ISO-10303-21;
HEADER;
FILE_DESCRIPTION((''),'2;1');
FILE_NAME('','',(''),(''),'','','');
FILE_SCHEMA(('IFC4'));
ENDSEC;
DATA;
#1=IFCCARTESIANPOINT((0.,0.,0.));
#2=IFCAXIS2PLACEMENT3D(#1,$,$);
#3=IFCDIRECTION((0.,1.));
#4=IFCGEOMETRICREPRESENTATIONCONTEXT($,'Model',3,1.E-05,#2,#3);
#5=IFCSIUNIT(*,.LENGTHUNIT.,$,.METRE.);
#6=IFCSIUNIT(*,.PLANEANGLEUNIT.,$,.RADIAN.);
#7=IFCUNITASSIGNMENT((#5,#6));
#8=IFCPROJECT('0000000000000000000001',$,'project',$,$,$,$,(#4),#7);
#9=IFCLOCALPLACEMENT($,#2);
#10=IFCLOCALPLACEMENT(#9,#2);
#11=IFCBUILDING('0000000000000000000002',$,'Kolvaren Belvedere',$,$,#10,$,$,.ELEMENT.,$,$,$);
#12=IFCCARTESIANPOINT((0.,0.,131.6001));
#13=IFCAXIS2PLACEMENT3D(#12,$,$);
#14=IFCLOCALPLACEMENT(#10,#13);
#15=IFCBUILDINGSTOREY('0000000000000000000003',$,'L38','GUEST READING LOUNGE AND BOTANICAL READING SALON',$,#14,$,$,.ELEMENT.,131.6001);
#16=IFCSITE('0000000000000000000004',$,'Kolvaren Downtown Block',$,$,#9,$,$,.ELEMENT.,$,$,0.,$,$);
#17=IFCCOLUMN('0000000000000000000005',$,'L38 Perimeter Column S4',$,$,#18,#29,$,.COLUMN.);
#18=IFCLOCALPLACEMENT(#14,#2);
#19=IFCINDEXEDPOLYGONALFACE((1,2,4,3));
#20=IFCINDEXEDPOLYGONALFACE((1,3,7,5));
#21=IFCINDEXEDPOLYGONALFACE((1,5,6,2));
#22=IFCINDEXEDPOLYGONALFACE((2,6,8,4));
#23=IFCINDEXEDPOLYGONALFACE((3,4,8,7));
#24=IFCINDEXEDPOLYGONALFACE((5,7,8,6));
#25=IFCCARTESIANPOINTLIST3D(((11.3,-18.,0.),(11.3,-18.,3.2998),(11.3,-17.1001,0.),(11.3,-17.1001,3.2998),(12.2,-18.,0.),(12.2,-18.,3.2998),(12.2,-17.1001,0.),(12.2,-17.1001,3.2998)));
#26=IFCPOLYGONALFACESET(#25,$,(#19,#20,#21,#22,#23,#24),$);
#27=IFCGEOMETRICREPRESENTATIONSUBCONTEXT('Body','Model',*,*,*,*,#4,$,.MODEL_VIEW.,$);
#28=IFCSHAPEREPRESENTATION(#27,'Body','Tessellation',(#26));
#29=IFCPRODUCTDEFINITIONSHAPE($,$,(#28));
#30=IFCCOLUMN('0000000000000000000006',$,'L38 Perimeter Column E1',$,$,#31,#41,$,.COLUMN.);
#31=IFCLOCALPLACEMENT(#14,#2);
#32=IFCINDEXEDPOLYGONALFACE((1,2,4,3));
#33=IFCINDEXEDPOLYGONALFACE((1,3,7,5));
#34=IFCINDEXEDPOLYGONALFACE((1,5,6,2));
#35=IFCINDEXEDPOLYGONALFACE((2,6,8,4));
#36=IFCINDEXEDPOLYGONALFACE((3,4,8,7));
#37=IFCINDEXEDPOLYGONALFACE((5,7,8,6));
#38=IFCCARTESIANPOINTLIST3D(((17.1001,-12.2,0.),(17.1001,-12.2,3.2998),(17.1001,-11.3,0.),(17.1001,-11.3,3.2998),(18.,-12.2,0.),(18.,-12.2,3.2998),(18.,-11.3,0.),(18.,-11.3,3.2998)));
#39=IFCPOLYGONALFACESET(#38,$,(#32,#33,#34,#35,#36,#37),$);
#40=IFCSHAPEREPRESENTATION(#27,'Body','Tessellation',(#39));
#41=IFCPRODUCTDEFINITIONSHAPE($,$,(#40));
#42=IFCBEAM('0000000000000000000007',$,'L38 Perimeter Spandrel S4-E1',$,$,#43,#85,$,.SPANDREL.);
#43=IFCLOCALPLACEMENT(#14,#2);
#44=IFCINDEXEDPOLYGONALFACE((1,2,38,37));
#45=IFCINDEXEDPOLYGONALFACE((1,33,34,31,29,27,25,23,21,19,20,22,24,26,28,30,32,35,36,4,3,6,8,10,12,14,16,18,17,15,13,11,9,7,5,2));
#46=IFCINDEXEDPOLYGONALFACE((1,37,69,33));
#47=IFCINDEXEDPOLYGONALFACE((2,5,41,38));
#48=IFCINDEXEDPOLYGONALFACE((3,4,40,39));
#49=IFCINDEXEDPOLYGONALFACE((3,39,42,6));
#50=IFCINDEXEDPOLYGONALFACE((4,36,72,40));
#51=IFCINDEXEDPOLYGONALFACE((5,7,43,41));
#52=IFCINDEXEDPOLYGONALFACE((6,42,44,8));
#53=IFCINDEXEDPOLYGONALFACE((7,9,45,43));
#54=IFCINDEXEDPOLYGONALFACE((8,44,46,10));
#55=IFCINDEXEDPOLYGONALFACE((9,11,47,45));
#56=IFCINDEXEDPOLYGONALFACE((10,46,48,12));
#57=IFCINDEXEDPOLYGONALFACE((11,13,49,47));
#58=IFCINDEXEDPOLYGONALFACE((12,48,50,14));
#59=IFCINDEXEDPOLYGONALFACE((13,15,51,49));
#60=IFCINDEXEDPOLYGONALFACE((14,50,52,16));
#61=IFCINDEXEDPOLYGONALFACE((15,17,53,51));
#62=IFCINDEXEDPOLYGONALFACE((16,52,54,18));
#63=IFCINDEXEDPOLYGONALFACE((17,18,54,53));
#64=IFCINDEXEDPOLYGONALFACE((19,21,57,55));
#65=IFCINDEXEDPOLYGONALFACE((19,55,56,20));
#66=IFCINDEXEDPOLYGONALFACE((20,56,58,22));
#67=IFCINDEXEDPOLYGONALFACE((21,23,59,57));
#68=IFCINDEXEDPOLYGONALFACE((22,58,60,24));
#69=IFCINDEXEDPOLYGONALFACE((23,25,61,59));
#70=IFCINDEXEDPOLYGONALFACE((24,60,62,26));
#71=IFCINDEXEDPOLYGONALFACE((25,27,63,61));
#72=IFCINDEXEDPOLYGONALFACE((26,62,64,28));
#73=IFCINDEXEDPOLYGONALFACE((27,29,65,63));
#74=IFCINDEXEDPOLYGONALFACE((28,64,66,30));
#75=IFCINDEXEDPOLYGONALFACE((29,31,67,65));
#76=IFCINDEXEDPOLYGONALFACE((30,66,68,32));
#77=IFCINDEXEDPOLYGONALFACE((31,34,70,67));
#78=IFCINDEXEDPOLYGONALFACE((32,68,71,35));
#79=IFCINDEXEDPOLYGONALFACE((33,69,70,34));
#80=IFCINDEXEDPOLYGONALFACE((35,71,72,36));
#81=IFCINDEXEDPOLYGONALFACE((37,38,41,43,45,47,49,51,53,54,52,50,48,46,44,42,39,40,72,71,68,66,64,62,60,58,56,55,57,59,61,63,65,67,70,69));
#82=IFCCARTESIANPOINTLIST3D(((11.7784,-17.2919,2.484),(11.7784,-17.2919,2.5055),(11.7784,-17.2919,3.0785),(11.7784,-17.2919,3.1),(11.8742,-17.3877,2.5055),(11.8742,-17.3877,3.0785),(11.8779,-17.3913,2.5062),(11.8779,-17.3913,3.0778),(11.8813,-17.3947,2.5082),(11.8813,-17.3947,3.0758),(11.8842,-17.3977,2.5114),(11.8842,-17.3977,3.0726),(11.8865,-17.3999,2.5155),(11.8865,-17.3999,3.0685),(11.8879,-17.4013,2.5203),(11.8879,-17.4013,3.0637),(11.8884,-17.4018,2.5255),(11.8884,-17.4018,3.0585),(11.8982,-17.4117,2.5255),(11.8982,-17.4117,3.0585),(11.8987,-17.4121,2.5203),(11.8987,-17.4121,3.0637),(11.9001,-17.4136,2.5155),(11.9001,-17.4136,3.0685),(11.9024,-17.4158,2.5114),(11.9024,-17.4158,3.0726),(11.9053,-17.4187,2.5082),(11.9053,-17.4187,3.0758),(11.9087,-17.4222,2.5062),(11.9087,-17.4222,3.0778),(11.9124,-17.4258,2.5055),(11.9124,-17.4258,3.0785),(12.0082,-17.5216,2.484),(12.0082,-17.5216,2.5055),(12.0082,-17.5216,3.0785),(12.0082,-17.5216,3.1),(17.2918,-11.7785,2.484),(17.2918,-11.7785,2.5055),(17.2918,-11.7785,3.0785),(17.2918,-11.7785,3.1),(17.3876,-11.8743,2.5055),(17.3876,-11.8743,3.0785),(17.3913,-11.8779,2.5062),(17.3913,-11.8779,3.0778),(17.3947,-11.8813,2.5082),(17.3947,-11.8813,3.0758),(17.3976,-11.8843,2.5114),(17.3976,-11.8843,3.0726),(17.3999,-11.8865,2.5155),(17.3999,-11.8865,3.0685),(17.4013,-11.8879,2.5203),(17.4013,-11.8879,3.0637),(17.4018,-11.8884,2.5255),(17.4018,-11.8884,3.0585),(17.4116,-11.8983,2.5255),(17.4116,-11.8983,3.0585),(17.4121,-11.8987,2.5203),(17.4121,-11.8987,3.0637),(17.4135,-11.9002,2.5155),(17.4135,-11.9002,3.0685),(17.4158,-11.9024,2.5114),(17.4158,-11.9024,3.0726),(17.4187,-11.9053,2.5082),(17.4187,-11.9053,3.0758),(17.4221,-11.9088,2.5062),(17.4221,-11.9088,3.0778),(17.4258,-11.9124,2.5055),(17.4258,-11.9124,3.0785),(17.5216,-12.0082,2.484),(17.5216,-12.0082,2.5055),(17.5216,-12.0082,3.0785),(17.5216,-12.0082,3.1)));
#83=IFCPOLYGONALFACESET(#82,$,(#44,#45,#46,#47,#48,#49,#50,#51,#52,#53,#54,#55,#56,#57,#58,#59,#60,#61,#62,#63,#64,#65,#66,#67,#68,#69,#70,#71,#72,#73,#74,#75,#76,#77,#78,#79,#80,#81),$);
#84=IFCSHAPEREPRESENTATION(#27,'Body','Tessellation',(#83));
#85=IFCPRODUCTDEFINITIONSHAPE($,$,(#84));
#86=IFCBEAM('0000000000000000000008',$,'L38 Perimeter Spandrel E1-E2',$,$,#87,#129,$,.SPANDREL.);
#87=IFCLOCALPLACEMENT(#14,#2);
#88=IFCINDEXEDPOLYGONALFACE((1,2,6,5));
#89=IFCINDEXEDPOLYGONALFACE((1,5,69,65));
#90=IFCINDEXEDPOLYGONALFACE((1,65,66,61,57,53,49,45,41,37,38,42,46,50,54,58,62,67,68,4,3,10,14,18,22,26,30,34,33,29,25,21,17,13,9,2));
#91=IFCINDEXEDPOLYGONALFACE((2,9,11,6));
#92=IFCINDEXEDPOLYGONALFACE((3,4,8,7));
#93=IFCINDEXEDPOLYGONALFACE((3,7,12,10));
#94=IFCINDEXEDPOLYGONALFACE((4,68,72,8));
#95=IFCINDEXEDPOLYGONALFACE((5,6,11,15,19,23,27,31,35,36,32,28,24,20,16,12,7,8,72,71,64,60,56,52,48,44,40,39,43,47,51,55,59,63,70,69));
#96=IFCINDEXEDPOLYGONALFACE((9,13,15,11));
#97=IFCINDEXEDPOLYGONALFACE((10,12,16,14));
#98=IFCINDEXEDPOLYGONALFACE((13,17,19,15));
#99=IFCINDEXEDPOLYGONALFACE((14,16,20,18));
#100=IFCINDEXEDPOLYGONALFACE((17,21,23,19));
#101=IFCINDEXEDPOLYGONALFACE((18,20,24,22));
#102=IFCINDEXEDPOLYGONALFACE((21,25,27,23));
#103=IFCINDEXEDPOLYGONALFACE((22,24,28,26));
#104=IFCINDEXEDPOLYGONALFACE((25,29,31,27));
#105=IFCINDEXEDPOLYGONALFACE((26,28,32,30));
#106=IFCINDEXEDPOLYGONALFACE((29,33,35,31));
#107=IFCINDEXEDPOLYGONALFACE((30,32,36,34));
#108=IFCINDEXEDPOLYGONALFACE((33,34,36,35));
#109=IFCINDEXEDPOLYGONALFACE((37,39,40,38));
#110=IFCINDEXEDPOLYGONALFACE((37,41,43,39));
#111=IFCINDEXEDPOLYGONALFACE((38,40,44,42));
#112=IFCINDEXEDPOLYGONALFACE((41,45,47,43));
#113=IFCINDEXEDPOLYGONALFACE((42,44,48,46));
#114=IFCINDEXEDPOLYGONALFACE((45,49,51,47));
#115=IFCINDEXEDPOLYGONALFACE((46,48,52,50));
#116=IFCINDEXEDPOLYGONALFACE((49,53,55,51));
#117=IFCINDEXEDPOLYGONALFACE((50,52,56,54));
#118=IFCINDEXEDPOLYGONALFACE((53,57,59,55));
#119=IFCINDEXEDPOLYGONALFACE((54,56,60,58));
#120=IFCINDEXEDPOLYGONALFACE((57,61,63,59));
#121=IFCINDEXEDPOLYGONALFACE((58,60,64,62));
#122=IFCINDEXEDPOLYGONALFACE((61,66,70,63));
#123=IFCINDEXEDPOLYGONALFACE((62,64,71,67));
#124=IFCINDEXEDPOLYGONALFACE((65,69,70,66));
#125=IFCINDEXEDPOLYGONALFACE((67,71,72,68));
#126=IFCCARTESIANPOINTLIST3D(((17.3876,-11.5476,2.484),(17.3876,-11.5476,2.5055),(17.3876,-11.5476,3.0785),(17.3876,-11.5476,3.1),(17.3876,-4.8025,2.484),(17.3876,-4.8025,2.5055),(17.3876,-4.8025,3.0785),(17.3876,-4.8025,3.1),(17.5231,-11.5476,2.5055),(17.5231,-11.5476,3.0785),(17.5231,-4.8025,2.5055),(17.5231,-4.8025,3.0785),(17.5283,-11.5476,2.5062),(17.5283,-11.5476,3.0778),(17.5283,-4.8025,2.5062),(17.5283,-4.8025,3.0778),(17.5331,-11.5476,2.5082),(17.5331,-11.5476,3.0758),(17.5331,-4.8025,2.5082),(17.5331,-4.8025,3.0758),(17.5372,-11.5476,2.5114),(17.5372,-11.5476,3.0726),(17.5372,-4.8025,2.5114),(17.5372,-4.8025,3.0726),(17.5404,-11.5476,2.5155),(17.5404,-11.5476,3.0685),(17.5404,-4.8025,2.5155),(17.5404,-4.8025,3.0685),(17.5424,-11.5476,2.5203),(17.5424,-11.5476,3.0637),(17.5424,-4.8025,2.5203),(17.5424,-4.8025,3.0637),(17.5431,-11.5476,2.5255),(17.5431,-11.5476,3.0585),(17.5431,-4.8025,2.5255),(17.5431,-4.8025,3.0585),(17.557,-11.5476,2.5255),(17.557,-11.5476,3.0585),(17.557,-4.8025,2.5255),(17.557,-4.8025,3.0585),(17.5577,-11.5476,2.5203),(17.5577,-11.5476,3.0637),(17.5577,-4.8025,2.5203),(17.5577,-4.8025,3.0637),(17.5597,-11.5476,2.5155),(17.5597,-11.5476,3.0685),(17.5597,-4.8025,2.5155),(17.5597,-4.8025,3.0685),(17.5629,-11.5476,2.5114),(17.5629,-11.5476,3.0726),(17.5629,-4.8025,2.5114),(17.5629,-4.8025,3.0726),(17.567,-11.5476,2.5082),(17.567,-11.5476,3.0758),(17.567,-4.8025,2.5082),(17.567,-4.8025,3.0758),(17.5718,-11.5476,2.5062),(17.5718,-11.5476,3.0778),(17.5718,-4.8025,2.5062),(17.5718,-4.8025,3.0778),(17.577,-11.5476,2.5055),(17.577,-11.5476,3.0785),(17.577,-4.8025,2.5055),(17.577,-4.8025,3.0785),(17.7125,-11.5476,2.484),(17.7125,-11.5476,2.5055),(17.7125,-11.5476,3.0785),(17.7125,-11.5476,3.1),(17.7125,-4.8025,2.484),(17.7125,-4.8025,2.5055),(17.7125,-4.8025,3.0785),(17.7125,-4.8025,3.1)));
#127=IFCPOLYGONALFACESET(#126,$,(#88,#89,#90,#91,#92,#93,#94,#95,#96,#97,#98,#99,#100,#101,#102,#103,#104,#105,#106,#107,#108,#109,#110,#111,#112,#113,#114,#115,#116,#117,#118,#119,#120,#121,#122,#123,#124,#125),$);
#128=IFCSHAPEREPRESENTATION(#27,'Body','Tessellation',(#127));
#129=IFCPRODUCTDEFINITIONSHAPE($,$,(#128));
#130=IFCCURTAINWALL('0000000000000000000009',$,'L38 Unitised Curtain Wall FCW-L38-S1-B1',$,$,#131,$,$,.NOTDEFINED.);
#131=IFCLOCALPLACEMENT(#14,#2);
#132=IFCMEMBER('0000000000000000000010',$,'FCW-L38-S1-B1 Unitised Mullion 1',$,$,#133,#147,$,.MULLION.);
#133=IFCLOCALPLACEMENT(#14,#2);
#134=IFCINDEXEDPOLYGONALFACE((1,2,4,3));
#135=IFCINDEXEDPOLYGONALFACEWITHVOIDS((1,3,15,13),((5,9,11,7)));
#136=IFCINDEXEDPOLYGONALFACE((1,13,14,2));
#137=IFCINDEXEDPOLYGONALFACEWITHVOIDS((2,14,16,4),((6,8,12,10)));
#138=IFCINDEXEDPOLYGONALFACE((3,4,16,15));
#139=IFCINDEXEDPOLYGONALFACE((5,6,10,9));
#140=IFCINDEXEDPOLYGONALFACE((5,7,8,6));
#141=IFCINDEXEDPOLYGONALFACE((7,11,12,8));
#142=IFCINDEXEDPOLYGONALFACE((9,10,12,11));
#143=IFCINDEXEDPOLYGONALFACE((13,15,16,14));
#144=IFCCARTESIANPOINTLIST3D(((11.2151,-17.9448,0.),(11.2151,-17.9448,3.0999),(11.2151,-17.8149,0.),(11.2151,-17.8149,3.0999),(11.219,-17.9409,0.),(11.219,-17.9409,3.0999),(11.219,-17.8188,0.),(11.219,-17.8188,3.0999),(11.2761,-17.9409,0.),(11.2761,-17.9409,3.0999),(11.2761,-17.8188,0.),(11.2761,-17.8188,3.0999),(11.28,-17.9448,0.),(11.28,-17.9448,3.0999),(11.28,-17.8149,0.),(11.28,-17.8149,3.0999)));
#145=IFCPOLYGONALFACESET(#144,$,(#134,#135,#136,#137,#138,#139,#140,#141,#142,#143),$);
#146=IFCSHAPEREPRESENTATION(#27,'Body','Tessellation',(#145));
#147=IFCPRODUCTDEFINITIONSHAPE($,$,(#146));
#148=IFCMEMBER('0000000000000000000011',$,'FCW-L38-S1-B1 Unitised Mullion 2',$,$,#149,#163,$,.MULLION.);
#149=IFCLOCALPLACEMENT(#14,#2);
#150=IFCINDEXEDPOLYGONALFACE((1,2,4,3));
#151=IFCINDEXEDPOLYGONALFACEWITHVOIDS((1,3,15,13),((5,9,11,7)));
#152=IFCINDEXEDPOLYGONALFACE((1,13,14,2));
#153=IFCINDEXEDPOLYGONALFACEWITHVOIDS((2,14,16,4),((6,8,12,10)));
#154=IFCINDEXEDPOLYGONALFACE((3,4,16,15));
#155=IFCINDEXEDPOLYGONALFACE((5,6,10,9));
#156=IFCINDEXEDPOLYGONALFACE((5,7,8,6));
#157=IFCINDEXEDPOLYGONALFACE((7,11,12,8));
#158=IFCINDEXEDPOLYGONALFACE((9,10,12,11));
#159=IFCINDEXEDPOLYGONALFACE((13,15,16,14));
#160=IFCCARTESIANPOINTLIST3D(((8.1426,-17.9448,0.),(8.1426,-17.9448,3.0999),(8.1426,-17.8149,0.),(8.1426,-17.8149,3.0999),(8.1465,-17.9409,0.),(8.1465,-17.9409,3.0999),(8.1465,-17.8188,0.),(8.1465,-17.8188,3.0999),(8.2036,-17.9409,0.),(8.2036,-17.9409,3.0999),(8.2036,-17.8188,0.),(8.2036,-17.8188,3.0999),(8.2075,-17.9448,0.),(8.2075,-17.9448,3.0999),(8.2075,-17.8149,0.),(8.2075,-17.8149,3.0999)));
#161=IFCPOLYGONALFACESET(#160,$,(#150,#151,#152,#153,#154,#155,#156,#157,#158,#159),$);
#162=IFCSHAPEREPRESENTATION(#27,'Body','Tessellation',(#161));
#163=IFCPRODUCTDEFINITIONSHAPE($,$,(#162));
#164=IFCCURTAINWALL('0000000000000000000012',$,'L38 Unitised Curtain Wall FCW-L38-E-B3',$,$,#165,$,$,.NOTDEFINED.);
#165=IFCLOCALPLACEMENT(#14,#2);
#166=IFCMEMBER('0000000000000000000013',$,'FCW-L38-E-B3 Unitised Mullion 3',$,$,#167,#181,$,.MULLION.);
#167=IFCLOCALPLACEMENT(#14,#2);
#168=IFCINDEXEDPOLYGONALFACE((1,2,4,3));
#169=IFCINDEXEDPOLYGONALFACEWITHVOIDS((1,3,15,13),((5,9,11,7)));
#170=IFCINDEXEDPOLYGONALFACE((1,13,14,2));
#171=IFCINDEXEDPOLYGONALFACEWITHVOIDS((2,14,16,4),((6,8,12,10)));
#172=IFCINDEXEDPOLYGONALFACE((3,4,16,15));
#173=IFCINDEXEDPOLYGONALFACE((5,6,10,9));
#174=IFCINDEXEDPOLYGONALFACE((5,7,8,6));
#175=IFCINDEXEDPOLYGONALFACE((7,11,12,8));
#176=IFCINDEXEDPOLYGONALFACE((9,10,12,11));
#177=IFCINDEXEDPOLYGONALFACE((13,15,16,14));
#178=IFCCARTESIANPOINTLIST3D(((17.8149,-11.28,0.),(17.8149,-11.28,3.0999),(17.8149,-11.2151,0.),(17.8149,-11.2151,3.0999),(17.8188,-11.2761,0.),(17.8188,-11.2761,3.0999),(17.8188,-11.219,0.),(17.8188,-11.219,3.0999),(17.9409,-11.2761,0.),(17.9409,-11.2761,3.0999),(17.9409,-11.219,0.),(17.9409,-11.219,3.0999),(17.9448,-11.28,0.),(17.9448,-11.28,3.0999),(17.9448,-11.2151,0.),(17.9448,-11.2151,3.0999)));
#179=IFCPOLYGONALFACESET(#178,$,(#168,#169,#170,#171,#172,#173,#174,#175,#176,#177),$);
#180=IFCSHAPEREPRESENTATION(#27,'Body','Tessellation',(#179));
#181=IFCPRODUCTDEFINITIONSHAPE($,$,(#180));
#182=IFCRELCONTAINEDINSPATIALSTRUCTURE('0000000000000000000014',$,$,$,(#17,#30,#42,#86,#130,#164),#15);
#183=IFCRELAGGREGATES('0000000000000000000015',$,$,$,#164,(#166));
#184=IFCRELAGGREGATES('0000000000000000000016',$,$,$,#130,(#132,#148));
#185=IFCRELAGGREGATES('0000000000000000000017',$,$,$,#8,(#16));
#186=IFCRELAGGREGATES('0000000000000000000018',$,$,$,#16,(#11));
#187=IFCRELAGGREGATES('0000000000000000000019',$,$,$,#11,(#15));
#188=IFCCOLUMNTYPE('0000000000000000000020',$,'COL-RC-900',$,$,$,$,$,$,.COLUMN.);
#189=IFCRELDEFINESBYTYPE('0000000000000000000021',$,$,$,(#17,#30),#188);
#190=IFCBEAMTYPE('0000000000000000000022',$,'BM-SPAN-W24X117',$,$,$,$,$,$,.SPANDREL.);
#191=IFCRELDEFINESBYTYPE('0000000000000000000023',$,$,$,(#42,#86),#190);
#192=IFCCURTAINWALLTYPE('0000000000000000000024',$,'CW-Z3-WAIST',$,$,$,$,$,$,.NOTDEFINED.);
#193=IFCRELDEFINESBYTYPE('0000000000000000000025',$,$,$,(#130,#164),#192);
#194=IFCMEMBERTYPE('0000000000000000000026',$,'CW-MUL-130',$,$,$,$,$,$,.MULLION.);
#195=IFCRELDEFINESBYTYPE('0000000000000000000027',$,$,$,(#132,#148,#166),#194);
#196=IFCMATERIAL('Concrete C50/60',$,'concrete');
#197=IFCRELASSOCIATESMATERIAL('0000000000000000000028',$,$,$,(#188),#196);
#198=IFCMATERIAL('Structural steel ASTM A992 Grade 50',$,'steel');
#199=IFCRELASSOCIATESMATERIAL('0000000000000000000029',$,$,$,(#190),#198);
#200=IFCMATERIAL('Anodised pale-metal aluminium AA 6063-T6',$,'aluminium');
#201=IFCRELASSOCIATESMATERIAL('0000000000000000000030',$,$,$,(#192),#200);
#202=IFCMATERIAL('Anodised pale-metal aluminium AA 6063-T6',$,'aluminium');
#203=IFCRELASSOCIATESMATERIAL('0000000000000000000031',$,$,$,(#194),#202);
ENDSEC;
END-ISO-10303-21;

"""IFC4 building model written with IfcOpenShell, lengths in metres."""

from ifc_helpers import new_model, si_unit, direction, frame, origin, origin_2d, place, context, subcontext, project, spatial, rectangle, hollow_rectangle, i_section, extrude, material, material_profile, profile_set, type_object, element, aggregate, save


model = new_model("IFC4")

# Units and contexts
model_context = context("Model", 3, precision=1e-05, world=origin(), true_north=direction((0.0, 1.0)))
body_context = subcontext(model_context, "Body", "Model", "MODEL_VIEW")
ifc_project = project(units=[si_unit("LENGTHUNIT", "METRE"), si_unit("PLANEANGLEUNIT", "RADIAN")], contexts=[model_context])

# Site, building, storey
site_placement = place(None, origin())
site = spatial("IfcSite", under=ifc_project, at=site_placement, Name="Kolvaren Downtown Block", CompositionType="ELEMENT", RefElevation=0.0)
building_placement = place(site_placement, origin())
building = spatial("IfcBuilding", under=site, at=building_placement, Name="Kolvaren Belvedere", CompositionType="ELEMENT")
storey_placement = place(building_placement, frame((0.0, 0.0, 131.6001)))
storey = spatial("IfcBuildingStorey", under=building, at=storey_placement, Name="L38", Description="GUEST READING LOUNGE AND BOTANICAL READING SALON", CompositionType="ELEMENT", Elevation=131.6001)

# Columns
ifc_material_1 = material(Name="Concrete C50/60", Category="concrete")
ifc_material_profile_1 = material_profile(ifc_material_1, rectangle(XDim=0.8999, YDim=0.8999, at=origin_2d()), Name="RC 900X900")
ifc_profile_set_1 = profile_set([ifc_material_profile_1], Name="Concrete C50/60")
column_type = type_object("IfcColumnType", Name="COL-RC-900", PredefinedType="COLUMN", material=ifc_profile_set_1)
for number, where, z_axis, x_axis, name in (
    (1, (11.75, -17.55, 0.0), (0.0, 0.0, 1.0), (1.0, 0.0, 0.0), "L38 Perimeter Column S4"),
    (2, (17.55, -11.75, 0.0), (0.0, 0.0, 1.0), (1.0, 0.0, 0.0), "L38 Perimeter Column E1"),
):
    element("IfcColumn", number, at=place(storey_placement, frame(where, z_axis=z_axis, x_axis=x_axis)), inside=storey, type_object=column_type, Name=name, PredefinedType="COLUMN", context=body_context, shape_type="SweptSolid", body=[
        extrude(rectangle(XDim=0.8999, YDim=0.8999, at=origin_2d()), origin(), (0.0, 0.0, 1.0), 3.2998),
    ])

# Beams
ifc_material_2 = material(Name="Structural steel ASTM A992 Grade 50", Category="steel")
ifc_material_profile_2 = material_profile(ifc_material_2, i_section(OverallWidth=0.325, OverallDepth=0.616, WebThickness=0.0139, FlangeThickness=0.0215, FilletRadius=0.02, at=origin_2d()), Name="W24X117")
ifc_profile_set_2 = profile_set([ifc_material_profile_2], Name="Structural steel ASTM A992 Grade 50")
beam_type = type_object("IfcBeamType", Name="BM-SPAN-W24X117", PredefinedType="SPANDREL", material=ifc_profile_set_2)
beam_1_placement = place(storey_placement, frame((11.8933, -17.4067, 2.792), z_axis=(0.707107, 0.707107, 0.0), x_axis=(-0.707107, 0.707107, 0.0)))
element("IfcBeam", 3, at=beam_1_placement, inside=storey, type_object=beam_type, Name="L38 Perimeter Spandrel S4-E1", PredefinedType="SPANDREL", context=body_context, shape_type="SweptSolid", body=[
    extrude(i_section(OverallWidth=0.325, OverallDepth=0.616, WebThickness=0.0139, FlangeThickness=0.0215, FilletRadius=0.02, at=origin_2d()), origin(), (0.0, 0.0, 1.0), 7.7971),
])
beam_2_placement = place(storey_placement, frame((17.55, -11.5476, 2.792), z_axis=(0.0, 1.0, 0.0), x_axis=(-1.0, 0.0, 0.0)))
element("IfcBeam", 4, at=beam_2_placement, inside=storey, type_object=beam_type, Name="L38 Perimeter Spandrel E1-E2", PredefinedType="SPANDREL", context=body_context, shape_type="SweptSolid", body=[
    extrude(i_section(OverallWidth=0.325, OverallDepth=0.616, WebThickness=0.0139, FlangeThickness=0.0215, FilletRadius=0.02, at=origin_2d()), origin(), (0.0, 0.0, 1.0), 6.7451),
])

# Curtain wall, members
ifc_material_3 = material(Name="Anodised pale-metal aluminium AA 6063-T6", Category="aluminium")
curtain_wall_type = type_object("IfcCurtainWallType", Name="CW-Z3-WAIST", PredefinedType="NOTDEFINED", material=ifc_material_3)
curtain_wall_1_placement = place(storey_placement, origin())
curtain_wall_1 = element("IfcCurtainWall", 5, at=curtain_wall_1_placement, inside=storey, type_object=curtain_wall_type, Name="L38 Unitised Curtain Wall FCW-L38-S1-B1", PredefinedType="NOTDEFINED")
ifc_material_4 = material(Name="Anodised pale-metal aluminium AA 6063-T6", Category="aluminium")
ifc_material_profile_3 = material_profile(ifc_material_4, hollow_rectangle(XDim=0.0649, YDim=0.1299, WallThickness=0.0039, at=origin_2d()), Name="ALU-MUL-130X65")
ifc_profile_set_3 = profile_set([ifc_material_profile_3], Name="Anodised pale-metal aluminium AA 6063-T6")
member_type_1 = type_object("IfcMemberType", Name="CW-MUL-130", PredefinedType="MULLION", material=ifc_profile_set_3)
member_1_placement = place(storey_placement, frame((11.2476, -17.8799, 0.0), z_axis=(0.0, 0.0, 1.0), x_axis=(1.0, 0.0, 0.0)))
member_1 = element("IfcMember", 6, at=member_1_placement, type_object=member_type_1, Name="FCW-L38-S1-B1 Unitised Mullion 1", PredefinedType="MULLION", context=body_context, shape_type="SweptSolid", body=[
    extrude(hollow_rectangle(XDim=0.0649, YDim=0.1299, WallThickness=0.0039, at=origin_2d()), origin(), (0.0, 0.0, 1.0), 3.0999),
])
member_2_placement = place(storey_placement, frame((8.175, -17.8799, 0.0), z_axis=(0.0, 0.0, 1.0), x_axis=(1.0, 0.0, 0.0)))
member_2 = element("IfcMember", 7, at=member_2_placement, type_object=member_type_1, Name="FCW-L38-S1-B1 Unitised Mullion 2", PredefinedType="MULLION", context=body_context, shape_type="SweptSolid", body=[
    extrude(hollow_rectangle(XDim=0.0649, YDim=0.1299, WallThickness=0.0039, at=origin_2d()), origin(), (0.0, 0.0, 1.0), 3.0999),
])

# Curtain wall, member
curtain_wall_2_placement = place(storey_placement, origin())
curtain_wall_2 = element("IfcCurtainWall", 8, at=curtain_wall_2_placement, inside=storey, type_object=curtain_wall_type, Name="L38 Unitised Curtain Wall FCW-L38-E-B3", PredefinedType="NOTDEFINED")
member_3_placement = place(storey_placement, frame((17.8799, -11.2476, 0.0), z_axis=(0.0, 0.0, 1.0), x_axis=(0.0, 1.0, 0.0)))
member_3 = element("IfcMember", 9, at=member_3_placement, type_object=member_type_1, Name="FCW-L38-E-B3 Unitised Mullion 3", PredefinedType="MULLION", context=body_context, shape_type="SweptSolid", body=[
    extrude(hollow_rectangle(XDim=0.0649, YDim=0.1299, WallThickness=0.0039, at=origin_2d()), origin(), (0.0, 0.0, 1.0), 3.0999),
])
aggregate(curtain_wall_2, [member_3])

aggregate(curtain_wall_1, [member_1, member_2])

save(model, "model.ifc")
